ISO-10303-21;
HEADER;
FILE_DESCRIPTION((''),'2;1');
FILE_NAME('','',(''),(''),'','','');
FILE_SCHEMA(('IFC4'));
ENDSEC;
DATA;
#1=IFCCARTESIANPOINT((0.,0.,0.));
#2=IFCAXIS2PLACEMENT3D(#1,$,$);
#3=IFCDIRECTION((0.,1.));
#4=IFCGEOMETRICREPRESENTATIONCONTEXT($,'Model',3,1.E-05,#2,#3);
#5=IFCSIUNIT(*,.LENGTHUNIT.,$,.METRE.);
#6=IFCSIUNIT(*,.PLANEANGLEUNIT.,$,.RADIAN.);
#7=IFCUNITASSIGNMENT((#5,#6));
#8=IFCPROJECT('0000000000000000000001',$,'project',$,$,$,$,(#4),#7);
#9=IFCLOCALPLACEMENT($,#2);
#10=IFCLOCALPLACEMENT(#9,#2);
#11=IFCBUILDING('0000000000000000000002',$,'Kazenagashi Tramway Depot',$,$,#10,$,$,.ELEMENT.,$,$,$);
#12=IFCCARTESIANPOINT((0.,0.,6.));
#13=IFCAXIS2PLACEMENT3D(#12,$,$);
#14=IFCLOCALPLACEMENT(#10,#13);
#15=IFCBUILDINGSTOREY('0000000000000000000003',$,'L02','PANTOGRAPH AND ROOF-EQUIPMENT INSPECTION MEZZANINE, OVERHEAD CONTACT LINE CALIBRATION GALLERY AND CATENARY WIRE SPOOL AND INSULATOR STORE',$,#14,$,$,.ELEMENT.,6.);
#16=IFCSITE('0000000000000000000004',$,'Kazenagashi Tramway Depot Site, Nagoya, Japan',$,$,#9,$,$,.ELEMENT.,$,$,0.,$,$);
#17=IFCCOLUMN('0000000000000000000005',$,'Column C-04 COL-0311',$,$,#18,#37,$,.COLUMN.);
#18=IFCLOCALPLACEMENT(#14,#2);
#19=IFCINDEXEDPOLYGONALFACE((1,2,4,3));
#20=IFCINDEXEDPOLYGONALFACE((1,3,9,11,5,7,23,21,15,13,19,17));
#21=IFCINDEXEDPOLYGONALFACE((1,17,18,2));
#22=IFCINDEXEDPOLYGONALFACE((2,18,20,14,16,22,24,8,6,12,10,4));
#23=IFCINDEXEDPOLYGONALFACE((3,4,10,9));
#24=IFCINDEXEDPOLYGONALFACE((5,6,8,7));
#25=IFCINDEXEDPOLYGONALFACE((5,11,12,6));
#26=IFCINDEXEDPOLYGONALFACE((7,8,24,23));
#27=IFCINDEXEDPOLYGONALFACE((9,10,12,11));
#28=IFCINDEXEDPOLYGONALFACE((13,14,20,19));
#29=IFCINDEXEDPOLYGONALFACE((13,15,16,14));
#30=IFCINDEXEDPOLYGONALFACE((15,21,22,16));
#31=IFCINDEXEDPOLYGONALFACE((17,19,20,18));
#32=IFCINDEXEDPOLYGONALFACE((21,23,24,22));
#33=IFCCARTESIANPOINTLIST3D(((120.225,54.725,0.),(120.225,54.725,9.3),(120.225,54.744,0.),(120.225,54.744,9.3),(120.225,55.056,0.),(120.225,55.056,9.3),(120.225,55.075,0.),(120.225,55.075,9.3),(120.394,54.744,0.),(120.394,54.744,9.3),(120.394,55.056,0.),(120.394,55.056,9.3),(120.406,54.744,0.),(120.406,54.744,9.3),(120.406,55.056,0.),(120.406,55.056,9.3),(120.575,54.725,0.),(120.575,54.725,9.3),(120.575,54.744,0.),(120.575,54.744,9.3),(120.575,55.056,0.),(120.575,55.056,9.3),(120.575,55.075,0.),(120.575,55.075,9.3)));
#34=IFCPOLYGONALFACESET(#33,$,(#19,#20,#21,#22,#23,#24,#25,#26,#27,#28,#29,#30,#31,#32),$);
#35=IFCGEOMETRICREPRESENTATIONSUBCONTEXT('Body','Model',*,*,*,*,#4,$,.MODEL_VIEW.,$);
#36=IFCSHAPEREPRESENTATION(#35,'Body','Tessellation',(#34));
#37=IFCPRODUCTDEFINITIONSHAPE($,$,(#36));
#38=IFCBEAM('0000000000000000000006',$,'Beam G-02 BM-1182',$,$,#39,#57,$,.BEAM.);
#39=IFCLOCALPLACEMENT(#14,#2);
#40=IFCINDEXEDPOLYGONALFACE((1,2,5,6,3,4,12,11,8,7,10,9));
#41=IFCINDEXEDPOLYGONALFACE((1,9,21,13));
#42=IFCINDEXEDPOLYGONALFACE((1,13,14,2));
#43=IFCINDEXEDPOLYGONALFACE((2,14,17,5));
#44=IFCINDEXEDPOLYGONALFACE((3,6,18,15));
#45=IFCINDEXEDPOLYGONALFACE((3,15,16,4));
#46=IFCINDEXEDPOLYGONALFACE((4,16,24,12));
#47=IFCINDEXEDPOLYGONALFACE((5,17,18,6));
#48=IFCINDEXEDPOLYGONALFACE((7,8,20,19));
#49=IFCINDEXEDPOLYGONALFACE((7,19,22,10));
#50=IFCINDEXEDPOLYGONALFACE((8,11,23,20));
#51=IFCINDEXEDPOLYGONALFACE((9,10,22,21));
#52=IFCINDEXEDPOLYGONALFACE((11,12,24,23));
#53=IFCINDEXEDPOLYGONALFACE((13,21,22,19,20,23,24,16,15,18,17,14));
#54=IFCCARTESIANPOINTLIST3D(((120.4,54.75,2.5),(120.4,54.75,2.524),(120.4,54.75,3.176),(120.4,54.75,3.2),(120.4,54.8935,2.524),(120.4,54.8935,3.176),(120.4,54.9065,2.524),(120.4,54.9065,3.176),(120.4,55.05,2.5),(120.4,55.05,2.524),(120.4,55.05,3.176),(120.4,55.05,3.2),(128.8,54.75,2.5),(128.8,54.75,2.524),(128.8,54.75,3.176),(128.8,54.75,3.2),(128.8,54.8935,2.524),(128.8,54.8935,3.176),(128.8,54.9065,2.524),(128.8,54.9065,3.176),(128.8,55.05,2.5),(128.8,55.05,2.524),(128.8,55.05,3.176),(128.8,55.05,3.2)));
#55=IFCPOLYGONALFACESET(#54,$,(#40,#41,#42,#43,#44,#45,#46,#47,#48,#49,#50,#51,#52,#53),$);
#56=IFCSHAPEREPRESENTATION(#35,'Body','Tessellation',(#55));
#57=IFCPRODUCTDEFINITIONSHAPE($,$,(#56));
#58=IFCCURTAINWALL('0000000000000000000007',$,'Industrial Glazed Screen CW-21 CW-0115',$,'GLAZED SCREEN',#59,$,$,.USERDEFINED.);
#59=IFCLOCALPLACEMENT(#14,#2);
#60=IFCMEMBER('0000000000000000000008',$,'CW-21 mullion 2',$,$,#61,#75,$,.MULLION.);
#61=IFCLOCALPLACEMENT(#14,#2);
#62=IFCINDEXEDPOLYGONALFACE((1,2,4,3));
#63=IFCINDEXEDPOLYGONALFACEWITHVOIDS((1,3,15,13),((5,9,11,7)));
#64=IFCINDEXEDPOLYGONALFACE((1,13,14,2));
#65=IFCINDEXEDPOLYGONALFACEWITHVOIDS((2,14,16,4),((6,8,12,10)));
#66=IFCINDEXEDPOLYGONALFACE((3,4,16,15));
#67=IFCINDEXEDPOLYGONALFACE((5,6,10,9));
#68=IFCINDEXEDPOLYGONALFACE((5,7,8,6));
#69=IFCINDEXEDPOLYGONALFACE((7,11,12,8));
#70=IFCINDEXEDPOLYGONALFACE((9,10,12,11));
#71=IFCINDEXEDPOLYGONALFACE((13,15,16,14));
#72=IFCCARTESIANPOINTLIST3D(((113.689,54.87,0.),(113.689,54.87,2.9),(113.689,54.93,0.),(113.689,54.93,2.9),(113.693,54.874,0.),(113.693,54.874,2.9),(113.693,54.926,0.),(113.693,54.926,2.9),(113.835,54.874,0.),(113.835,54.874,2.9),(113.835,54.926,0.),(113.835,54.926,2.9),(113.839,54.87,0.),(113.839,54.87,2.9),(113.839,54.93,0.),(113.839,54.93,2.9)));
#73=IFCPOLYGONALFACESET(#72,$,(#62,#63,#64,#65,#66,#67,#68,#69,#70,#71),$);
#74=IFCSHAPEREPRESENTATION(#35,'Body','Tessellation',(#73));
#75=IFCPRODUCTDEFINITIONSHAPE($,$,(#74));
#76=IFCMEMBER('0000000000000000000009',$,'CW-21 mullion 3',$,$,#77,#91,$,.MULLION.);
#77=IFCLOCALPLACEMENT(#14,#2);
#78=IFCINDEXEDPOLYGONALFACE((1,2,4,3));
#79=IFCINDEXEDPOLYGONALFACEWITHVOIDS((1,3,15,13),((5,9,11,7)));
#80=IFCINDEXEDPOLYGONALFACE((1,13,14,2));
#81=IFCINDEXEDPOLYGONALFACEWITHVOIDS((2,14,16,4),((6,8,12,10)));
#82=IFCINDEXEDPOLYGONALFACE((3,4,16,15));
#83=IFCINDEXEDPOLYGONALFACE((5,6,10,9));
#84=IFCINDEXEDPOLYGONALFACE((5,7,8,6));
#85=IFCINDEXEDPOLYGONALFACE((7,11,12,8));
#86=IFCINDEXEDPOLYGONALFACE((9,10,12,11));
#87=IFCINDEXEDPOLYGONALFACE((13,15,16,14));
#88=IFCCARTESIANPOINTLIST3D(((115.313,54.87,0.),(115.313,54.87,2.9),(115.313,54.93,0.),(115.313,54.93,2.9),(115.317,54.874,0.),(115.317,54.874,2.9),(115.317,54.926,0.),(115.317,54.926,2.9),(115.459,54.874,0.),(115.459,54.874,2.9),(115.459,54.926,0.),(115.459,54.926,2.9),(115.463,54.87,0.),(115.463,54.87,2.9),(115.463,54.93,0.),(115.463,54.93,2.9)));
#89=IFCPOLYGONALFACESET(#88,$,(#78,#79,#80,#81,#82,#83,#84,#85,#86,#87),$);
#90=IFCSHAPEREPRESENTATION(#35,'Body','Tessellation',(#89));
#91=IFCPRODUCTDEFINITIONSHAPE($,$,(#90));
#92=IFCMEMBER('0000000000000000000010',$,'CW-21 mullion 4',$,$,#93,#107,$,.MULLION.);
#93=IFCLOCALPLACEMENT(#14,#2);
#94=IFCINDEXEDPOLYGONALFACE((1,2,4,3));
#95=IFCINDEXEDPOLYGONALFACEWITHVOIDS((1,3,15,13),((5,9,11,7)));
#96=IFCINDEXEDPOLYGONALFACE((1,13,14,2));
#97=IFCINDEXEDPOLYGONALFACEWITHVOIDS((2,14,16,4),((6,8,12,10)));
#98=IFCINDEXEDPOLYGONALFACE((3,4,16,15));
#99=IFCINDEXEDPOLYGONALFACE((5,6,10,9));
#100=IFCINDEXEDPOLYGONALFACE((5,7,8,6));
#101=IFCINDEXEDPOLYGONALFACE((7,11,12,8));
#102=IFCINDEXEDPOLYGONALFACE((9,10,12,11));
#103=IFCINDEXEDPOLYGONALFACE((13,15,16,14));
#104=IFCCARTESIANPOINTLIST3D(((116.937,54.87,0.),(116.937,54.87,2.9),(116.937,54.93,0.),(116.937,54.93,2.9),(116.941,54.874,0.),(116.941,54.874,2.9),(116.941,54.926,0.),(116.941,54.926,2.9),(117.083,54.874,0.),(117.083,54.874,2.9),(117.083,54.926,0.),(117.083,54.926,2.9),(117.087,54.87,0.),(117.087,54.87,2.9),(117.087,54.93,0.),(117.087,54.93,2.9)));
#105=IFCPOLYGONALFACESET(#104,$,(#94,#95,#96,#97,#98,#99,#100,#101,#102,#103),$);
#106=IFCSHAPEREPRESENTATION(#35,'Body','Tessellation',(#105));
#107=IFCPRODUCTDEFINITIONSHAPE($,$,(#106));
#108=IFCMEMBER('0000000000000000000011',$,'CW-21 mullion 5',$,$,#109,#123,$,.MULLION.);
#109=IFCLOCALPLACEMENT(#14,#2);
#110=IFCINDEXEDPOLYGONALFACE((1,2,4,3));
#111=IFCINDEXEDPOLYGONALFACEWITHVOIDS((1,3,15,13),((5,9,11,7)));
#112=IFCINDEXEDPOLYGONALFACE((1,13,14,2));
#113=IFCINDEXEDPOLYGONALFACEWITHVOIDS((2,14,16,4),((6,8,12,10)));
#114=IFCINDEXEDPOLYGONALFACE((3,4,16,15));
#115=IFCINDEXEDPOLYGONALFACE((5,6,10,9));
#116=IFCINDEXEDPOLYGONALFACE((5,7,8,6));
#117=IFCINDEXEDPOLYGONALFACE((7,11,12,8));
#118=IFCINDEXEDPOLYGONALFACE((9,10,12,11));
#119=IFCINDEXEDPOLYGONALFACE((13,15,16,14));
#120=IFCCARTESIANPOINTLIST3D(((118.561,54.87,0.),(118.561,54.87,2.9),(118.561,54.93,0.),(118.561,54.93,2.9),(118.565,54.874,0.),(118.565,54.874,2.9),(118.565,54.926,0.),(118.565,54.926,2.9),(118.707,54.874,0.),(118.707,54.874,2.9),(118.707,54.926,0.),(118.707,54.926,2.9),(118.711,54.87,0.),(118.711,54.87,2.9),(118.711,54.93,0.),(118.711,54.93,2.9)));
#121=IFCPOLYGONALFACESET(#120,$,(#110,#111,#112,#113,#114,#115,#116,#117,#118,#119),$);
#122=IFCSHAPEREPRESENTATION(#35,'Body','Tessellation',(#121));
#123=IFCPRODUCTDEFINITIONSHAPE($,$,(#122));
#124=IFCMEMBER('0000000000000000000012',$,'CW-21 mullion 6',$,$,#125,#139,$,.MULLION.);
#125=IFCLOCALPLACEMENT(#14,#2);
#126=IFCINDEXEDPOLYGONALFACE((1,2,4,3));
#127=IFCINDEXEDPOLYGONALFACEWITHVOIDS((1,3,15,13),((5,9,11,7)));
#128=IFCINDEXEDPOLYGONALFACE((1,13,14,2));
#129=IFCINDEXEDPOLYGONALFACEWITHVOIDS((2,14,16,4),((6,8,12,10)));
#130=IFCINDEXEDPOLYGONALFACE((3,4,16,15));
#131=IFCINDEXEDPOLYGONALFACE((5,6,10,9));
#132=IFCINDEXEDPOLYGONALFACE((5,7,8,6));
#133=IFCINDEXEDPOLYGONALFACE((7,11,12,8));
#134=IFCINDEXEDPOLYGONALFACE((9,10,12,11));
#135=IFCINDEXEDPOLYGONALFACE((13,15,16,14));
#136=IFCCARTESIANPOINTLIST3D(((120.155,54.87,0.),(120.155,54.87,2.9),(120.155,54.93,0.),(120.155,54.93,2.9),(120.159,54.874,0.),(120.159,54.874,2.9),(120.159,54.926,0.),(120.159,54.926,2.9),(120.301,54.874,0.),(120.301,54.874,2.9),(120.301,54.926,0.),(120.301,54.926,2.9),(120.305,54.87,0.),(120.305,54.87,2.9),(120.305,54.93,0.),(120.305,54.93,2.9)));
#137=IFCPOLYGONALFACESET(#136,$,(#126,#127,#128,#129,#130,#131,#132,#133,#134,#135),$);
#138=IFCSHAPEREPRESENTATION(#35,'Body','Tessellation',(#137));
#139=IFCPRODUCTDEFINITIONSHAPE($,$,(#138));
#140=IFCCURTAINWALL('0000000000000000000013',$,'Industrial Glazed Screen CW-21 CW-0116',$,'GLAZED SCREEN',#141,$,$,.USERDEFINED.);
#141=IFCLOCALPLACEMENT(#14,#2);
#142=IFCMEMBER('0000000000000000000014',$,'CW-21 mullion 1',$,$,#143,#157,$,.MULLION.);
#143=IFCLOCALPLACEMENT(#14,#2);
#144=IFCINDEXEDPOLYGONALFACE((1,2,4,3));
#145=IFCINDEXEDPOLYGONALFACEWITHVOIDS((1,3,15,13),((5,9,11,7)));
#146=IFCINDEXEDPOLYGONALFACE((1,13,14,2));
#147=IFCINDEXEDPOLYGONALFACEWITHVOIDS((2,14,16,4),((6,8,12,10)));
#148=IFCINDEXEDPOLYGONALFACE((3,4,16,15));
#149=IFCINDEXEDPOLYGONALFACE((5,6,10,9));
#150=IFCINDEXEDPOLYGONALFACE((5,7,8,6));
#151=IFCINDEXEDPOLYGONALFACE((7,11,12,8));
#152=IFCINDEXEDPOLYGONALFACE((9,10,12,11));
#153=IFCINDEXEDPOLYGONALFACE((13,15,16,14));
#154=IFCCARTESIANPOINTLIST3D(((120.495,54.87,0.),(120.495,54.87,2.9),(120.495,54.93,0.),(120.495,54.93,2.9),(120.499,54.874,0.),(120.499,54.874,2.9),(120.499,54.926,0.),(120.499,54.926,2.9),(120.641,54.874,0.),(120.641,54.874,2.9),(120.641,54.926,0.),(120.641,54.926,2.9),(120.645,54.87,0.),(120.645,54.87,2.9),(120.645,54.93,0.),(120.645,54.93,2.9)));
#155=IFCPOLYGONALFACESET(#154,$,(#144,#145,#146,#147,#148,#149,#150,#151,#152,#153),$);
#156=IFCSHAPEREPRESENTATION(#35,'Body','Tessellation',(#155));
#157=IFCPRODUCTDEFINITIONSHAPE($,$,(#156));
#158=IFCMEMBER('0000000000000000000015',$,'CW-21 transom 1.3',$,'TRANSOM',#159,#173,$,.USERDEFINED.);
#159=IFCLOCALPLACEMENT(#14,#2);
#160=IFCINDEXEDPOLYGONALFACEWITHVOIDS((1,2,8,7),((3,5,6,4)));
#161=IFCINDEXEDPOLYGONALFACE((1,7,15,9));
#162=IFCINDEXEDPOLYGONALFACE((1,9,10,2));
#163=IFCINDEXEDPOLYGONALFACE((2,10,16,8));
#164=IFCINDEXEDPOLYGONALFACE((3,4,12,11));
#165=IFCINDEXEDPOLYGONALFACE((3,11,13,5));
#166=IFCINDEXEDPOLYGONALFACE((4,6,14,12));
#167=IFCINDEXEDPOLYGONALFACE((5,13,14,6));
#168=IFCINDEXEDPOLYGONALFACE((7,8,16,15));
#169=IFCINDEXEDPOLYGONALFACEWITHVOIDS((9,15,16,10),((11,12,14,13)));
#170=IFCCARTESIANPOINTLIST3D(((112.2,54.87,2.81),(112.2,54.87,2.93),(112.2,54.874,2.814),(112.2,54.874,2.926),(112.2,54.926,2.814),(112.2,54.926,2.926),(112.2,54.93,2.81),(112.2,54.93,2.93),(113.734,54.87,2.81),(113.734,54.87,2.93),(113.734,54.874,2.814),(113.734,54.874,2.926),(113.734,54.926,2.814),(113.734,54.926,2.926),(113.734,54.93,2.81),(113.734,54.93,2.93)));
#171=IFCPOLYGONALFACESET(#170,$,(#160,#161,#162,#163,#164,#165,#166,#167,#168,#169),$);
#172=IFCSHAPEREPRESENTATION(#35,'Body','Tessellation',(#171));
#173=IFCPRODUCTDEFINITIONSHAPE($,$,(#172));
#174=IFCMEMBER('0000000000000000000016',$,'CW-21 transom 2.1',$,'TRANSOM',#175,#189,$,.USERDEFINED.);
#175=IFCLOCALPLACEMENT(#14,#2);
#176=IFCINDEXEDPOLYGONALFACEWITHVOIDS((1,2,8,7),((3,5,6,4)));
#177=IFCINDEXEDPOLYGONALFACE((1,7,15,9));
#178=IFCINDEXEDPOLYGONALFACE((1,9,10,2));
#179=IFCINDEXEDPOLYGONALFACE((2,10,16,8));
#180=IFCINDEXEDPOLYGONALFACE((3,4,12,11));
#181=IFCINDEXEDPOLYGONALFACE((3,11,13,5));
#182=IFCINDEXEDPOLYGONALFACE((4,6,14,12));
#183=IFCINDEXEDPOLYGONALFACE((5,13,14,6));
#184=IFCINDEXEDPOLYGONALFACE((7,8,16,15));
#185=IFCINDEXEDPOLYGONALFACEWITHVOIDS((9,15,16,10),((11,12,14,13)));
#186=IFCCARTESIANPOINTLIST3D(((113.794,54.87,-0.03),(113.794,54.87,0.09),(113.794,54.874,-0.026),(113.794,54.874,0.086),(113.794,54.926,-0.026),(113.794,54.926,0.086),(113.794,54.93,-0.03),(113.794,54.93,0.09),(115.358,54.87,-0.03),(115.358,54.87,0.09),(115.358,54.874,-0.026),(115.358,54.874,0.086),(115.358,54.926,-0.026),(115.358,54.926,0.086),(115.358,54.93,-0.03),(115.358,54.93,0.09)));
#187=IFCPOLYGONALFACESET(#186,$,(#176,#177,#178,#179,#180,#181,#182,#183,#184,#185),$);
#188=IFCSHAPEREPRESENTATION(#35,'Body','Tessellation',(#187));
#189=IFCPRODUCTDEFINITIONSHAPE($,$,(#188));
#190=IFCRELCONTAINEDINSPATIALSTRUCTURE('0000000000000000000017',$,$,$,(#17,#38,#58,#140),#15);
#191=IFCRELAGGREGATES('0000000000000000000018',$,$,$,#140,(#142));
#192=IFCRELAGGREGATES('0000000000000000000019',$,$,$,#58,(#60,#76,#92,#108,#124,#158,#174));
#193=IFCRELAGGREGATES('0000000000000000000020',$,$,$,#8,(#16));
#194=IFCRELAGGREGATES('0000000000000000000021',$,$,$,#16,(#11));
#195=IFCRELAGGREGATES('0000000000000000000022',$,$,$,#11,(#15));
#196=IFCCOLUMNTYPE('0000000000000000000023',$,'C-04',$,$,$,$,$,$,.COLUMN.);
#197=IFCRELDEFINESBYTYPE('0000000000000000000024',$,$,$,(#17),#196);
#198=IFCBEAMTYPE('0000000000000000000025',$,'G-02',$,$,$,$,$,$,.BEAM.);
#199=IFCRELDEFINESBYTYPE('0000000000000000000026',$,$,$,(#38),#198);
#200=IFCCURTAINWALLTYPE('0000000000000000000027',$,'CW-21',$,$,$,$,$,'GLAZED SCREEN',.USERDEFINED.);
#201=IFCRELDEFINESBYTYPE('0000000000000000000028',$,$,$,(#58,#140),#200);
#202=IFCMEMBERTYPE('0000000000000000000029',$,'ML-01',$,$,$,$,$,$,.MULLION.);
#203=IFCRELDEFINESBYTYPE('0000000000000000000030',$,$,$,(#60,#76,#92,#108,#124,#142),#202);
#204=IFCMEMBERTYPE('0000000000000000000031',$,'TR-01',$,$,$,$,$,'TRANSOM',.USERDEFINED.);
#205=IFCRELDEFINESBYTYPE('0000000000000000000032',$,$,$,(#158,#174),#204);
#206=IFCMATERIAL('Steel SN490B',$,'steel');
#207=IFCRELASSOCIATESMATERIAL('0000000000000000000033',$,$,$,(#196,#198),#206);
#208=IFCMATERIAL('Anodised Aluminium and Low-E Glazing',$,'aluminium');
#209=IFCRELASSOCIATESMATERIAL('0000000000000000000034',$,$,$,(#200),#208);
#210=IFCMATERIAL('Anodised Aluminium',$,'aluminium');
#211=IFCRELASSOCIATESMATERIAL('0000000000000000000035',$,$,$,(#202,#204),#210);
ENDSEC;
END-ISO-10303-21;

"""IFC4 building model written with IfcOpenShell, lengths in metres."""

from ifc_helpers import new_model, si_unit, direction, frame, origin, origin_2d, place, context, subcontext, project, spatial, hollow_rectangle, i_section, extrude, material, material_profile, profile_set, type_object, element, aggregate, save


model = new_model("IFC4")

# Units and contexts
model_context = context("Model", 3, precision=1e-05, world=origin(), true_north=direction((0.0, 1.0)))
body_context = subcontext(model_context, "Body", "Model", "MODEL_VIEW")
ifc_project = project(units=[si_unit("LENGTHUNIT", "METRE"), si_unit("PLANEANGLEUNIT", "RADIAN")], contexts=[model_context])

# Site, building, storey
site_placement = place(None, origin())
site = spatial("IfcSite", under=ifc_project, at=site_placement, Name="Kazenagashi Tramway Depot Site, Nagoya, Japan", CompositionType="ELEMENT", RefElevation=0.0)
building_placement = place(site_placement, origin())
building = spatial("IfcBuilding", under=site, at=building_placement, Name="Kazenagashi Tramway Depot", CompositionType="ELEMENT")
storey_placement = place(building_placement, frame((0.0, 0.0, 6.0)))
storey = spatial("IfcBuildingStorey", under=building, at=storey_placement, Name="L02", Description="PANTOGRAPH AND ROOF-EQUIPMENT INSPECTION MEZZANINE, OVERHEAD CONTACT LINE CALIBRATION GALLERY AND CATENARY WIRE SPOOL AND INSULATOR STORE", CompositionType="ELEMENT", Elevation=6.0)

# Column
ifc_material_1 = material(Name="Steel SN490B", Category="steel")
ifc_material_profile_1 = material_profile(ifc_material_1, i_section(OverallWidth=0.35, OverallDepth=0.35, WebThickness=0.012, FlangeThickness=0.019, at=origin_2d()), Name="H-350x350x12x19")
ifc_profile_set_1 = profile_set([ifc_material_profile_1], Name="Steel SN490B")
column_type = type_object("IfcColumnType", Name="C-04", PredefinedType="COLUMN", material=ifc_profile_set_1)
column_placement = place(storey_placement, frame((120.4, 54.9, 0.0), z_axis=(0.0, 0.0, 1.0), x_axis=(1.0, 0.0, 0.0)))
element("IfcColumn", 1, at=column_placement, inside=storey, type_object=column_type, Name="Column C-04 COL-0311", PredefinedType="COLUMN", context=body_context, shape_type="SweptSolid", body=[
    extrude(i_section(OverallWidth=0.35, OverallDepth=0.35, WebThickness=0.012, FlangeThickness=0.019, at=origin_2d()), origin(), (0.0, 0.0, 1.0), 9.3),
])

# Beam
ifc_material_profile_2 = material_profile(ifc_material_1, i_section(OverallWidth=0.3, OverallDepth=0.7, WebThickness=0.013, FlangeThickness=0.024, at=origin_2d()), Name="H-700x300x13x24")
ifc_profile_set_2 = profile_set([ifc_material_profile_2], Name="Steel SN490B")
beam_type = type_object("IfcBeamType", Name="G-02", PredefinedType="BEAM", material=ifc_profile_set_2)
beam_placement = place(storey_placement, frame((120.4, 54.9, 2.85), z_axis=(1.0, 0.0, 0.0), x_axis=(0.0, 1.0, 0.0)))
element("IfcBeam", 2, at=beam_placement, inside=storey, type_object=beam_type, Name="Beam G-02 BM-1182", PredefinedType="BEAM", context=body_context, shape_type="SweptSolid", body=[
    extrude(i_section(OverallWidth=0.3, OverallDepth=0.7, WebThickness=0.013, FlangeThickness=0.024, at=origin_2d()), origin(), (0.0, 0.0, 1.0), 8.4),
])

# Curtain wall, members
ifc_material_2 = material(Name="Anodised Aluminium and Low-E Glazing", Category="aluminium")
curtain_wall_type = type_object("IfcCurtainWallType", Name="CW-21", ElementType="GLAZED SCREEN", PredefinedType="USERDEFINED", material=ifc_material_2)
curtain_wall_1_placement = place(storey_placement, origin())
curtain_wall_1 = element("IfcCurtainWall", 3, at=curtain_wall_1_placement, inside=storey, type_object=curtain_wall_type, Name="Industrial Glazed Screen CW-21 CW-0115", ObjectType="GLAZED SCREEN", PredefinedType="USERDEFINED")
ifc_material_3 = material(Name="Anodised Aluminium", Category="aluminium")
ifc_material_profile_3 = material_profile(ifc_material_3, hollow_rectangle(XDim=0.06, YDim=0.15, WallThickness=0.004, at=origin_2d()), Name="RHS-150x60x4")
ifc_profile_set_3 = profile_set([ifc_material_profile_3], Name="Anodised Aluminium")
member_type_1 = type_object("IfcMemberType", Name="ML-01", PredefinedType="MULLION", material=ifc_profile_set_3)
member_1_placement = place(storey_placement, frame((113.764, 54.9, 0.0), z_axis=(0.0, 0.0, 1.0), x_axis=(0.0, 1.0, 0.0)))
member_1 = element("IfcMember", 4, at=member_1_placement, type_object=member_type_1, Name="CW-21 mullion 2", PredefinedType="MULLION", context=body_context, shape_type="SweptSolid", body=[
    extrude(hollow_rectangle(XDim=0.06, YDim=0.15, WallThickness=0.004, at=origin_2d()), origin(), (0.0, 0.0, 1.0), 2.9),
])
member_2_placement = place(storey_placement, frame((115.388, 54.9, 0.0), z_axis=(0.0, 0.0, 1.0), x_axis=(0.0, 1.0, 0.0)))
member_2 = element("IfcMember", 5, at=member_2_placement, type_object=member_type_1, Name="CW-21 mullion 3", PredefinedType="MULLION", context=body_context, shape_type="SweptSolid", body=[
    extrude(hollow_rectangle(XDim=0.06, YDim=0.15, WallThickness=0.004, at=origin_2d()), origin(), (0.0, 0.0, 1.0), 2.9),
])
member_3_placement = place(storey_placement, frame((117.012, 54.9, 0.0), z_axis=(0.0, 0.0, 1.0), x_axis=(0.0, 1.0, 0.0)))
member_3 = element("IfcMember", 6, at=member_3_placement, type_object=member_type_1, Name="CW-21 mullion 4", PredefinedType="MULLION", context=body_context, shape_type="SweptSolid", body=[
    extrude(hollow_rectangle(XDim=0.06, YDim=0.15, WallThickness=0.004, at=origin_2d()), origin(), (0.0, 0.0, 1.0), 2.9),
])
member_4_placement = place(storey_placement, frame((118.636, 54.9, 0.0), z_axis=(0.0, 0.0, 1.0), x_axis=(0.0, 1.0, 0.0)))
member_4 = element("IfcMember", 7, at=member_4_placement, type_object=member_type_1, Name="CW-21 mullion 5", PredefinedType="MULLION", context=body_context, shape_type="SweptSolid", body=[
    extrude(hollow_rectangle(XDim=0.06, YDim=0.15, WallThickness=0.004, at=origin_2d()), origin(), (0.0, 0.0, 1.0), 2.9),
])
member_5_placement = place(storey_placement, frame((120.23, 54.9, 0.0), z_axis=(0.0, 0.0, 1.0), x_axis=(0.0, 1.0, 0.0)))
member_5 = element("IfcMember", 8, at=member_5_placement, type_object=member_type_1, Name="CW-21 mullion 6", PredefinedType="MULLION", context=body_context, shape_type="SweptSolid", body=[
    extrude(hollow_rectangle(XDim=0.06, YDim=0.15, WallThickness=0.004, at=origin_2d()), origin(), (0.0, 0.0, 1.0), 2.9),
])

# Curtain wall, member
curtain_wall_2_placement = place(storey_placement, origin())
curtain_wall_2 = element("IfcCurtainWall", 9, at=curtain_wall_2_placement, inside=storey, type_object=curtain_wall_type, Name="Industrial Glazed Screen CW-21 CW-0116", ObjectType="GLAZED SCREEN", PredefinedType="USERDEFINED")
member_6_placement = place(storey_placement, frame((120.57, 54.9, 0.0), z_axis=(0.0, 0.0, 1.0), x_axis=(0.0, 1.0, 0.0)))
member_6 = element("IfcMember", 10, at=member_6_placement, type_object=member_type_1, Name="CW-21 mullion 1", PredefinedType="MULLION", context=body_context, shape_type="SweptSolid", body=[
    extrude(hollow_rectangle(XDim=0.06, YDim=0.15, WallThickness=0.004, at=origin_2d()), origin(), (0.0, 0.0, 1.0), 2.9),
])

# Members
ifc_material_profile_4 = material_profile(ifc_material_3, hollow_rectangle(XDim=0.06, YDim=0.12, WallThickness=0.004, at=origin_2d()), Name="RHS-120x60x4")
ifc_profile_set_4 = profile_set([ifc_material_profile_4], Name="Anodised Aluminium")
member_type_2 = type_object("IfcMemberType", Name="TR-01", ElementType="TRANSOM", PredefinedType="USERDEFINED", material=ifc_profile_set_4)
member_7_placement = place(storey_placement, frame((112.2, 54.9, 2.87), z_axis=(1.0, 0.0, 0.0), x_axis=(0.0, 1.0, 0.0)))
member_7 = element("IfcMember", 11, at=member_7_placement, type_object=member_type_2, Name="CW-21 transom 1.3", ObjectType="TRANSOM", PredefinedType="USERDEFINED", context=body_context, shape_type="SweptSolid", body=[
    extrude(hollow_rectangle(XDim=0.06, YDim=0.12, WallThickness=0.004, at=origin_2d()), origin(), (0.0, 0.0, 1.0), 1.534),
])
member_8_placement = place(storey_placement, frame((113.794, 54.9, 0.03), z_axis=(1.0, 0.0, 0.0), x_axis=(0.0, 1.0, 0.0)))
member_8 = element("IfcMember", 12, at=member_8_placement, type_object=member_type_2, Name="CW-21 transom 2.1", ObjectType="TRANSOM", PredefinedType="USERDEFINED", context=body_context, shape_type="SweptSolid", body=[
    extrude(hollow_rectangle(XDim=0.06, YDim=0.12, WallThickness=0.004, at=origin_2d()), origin(), (0.0, 0.0, 1.0), 1.564),
])
aggregate(curtain_wall_2, [member_6])

aggregate(curtain_wall_1, [member_1, member_2, member_3, member_4, member_5, member_7, member_8])

save(model, "model.ifc")
